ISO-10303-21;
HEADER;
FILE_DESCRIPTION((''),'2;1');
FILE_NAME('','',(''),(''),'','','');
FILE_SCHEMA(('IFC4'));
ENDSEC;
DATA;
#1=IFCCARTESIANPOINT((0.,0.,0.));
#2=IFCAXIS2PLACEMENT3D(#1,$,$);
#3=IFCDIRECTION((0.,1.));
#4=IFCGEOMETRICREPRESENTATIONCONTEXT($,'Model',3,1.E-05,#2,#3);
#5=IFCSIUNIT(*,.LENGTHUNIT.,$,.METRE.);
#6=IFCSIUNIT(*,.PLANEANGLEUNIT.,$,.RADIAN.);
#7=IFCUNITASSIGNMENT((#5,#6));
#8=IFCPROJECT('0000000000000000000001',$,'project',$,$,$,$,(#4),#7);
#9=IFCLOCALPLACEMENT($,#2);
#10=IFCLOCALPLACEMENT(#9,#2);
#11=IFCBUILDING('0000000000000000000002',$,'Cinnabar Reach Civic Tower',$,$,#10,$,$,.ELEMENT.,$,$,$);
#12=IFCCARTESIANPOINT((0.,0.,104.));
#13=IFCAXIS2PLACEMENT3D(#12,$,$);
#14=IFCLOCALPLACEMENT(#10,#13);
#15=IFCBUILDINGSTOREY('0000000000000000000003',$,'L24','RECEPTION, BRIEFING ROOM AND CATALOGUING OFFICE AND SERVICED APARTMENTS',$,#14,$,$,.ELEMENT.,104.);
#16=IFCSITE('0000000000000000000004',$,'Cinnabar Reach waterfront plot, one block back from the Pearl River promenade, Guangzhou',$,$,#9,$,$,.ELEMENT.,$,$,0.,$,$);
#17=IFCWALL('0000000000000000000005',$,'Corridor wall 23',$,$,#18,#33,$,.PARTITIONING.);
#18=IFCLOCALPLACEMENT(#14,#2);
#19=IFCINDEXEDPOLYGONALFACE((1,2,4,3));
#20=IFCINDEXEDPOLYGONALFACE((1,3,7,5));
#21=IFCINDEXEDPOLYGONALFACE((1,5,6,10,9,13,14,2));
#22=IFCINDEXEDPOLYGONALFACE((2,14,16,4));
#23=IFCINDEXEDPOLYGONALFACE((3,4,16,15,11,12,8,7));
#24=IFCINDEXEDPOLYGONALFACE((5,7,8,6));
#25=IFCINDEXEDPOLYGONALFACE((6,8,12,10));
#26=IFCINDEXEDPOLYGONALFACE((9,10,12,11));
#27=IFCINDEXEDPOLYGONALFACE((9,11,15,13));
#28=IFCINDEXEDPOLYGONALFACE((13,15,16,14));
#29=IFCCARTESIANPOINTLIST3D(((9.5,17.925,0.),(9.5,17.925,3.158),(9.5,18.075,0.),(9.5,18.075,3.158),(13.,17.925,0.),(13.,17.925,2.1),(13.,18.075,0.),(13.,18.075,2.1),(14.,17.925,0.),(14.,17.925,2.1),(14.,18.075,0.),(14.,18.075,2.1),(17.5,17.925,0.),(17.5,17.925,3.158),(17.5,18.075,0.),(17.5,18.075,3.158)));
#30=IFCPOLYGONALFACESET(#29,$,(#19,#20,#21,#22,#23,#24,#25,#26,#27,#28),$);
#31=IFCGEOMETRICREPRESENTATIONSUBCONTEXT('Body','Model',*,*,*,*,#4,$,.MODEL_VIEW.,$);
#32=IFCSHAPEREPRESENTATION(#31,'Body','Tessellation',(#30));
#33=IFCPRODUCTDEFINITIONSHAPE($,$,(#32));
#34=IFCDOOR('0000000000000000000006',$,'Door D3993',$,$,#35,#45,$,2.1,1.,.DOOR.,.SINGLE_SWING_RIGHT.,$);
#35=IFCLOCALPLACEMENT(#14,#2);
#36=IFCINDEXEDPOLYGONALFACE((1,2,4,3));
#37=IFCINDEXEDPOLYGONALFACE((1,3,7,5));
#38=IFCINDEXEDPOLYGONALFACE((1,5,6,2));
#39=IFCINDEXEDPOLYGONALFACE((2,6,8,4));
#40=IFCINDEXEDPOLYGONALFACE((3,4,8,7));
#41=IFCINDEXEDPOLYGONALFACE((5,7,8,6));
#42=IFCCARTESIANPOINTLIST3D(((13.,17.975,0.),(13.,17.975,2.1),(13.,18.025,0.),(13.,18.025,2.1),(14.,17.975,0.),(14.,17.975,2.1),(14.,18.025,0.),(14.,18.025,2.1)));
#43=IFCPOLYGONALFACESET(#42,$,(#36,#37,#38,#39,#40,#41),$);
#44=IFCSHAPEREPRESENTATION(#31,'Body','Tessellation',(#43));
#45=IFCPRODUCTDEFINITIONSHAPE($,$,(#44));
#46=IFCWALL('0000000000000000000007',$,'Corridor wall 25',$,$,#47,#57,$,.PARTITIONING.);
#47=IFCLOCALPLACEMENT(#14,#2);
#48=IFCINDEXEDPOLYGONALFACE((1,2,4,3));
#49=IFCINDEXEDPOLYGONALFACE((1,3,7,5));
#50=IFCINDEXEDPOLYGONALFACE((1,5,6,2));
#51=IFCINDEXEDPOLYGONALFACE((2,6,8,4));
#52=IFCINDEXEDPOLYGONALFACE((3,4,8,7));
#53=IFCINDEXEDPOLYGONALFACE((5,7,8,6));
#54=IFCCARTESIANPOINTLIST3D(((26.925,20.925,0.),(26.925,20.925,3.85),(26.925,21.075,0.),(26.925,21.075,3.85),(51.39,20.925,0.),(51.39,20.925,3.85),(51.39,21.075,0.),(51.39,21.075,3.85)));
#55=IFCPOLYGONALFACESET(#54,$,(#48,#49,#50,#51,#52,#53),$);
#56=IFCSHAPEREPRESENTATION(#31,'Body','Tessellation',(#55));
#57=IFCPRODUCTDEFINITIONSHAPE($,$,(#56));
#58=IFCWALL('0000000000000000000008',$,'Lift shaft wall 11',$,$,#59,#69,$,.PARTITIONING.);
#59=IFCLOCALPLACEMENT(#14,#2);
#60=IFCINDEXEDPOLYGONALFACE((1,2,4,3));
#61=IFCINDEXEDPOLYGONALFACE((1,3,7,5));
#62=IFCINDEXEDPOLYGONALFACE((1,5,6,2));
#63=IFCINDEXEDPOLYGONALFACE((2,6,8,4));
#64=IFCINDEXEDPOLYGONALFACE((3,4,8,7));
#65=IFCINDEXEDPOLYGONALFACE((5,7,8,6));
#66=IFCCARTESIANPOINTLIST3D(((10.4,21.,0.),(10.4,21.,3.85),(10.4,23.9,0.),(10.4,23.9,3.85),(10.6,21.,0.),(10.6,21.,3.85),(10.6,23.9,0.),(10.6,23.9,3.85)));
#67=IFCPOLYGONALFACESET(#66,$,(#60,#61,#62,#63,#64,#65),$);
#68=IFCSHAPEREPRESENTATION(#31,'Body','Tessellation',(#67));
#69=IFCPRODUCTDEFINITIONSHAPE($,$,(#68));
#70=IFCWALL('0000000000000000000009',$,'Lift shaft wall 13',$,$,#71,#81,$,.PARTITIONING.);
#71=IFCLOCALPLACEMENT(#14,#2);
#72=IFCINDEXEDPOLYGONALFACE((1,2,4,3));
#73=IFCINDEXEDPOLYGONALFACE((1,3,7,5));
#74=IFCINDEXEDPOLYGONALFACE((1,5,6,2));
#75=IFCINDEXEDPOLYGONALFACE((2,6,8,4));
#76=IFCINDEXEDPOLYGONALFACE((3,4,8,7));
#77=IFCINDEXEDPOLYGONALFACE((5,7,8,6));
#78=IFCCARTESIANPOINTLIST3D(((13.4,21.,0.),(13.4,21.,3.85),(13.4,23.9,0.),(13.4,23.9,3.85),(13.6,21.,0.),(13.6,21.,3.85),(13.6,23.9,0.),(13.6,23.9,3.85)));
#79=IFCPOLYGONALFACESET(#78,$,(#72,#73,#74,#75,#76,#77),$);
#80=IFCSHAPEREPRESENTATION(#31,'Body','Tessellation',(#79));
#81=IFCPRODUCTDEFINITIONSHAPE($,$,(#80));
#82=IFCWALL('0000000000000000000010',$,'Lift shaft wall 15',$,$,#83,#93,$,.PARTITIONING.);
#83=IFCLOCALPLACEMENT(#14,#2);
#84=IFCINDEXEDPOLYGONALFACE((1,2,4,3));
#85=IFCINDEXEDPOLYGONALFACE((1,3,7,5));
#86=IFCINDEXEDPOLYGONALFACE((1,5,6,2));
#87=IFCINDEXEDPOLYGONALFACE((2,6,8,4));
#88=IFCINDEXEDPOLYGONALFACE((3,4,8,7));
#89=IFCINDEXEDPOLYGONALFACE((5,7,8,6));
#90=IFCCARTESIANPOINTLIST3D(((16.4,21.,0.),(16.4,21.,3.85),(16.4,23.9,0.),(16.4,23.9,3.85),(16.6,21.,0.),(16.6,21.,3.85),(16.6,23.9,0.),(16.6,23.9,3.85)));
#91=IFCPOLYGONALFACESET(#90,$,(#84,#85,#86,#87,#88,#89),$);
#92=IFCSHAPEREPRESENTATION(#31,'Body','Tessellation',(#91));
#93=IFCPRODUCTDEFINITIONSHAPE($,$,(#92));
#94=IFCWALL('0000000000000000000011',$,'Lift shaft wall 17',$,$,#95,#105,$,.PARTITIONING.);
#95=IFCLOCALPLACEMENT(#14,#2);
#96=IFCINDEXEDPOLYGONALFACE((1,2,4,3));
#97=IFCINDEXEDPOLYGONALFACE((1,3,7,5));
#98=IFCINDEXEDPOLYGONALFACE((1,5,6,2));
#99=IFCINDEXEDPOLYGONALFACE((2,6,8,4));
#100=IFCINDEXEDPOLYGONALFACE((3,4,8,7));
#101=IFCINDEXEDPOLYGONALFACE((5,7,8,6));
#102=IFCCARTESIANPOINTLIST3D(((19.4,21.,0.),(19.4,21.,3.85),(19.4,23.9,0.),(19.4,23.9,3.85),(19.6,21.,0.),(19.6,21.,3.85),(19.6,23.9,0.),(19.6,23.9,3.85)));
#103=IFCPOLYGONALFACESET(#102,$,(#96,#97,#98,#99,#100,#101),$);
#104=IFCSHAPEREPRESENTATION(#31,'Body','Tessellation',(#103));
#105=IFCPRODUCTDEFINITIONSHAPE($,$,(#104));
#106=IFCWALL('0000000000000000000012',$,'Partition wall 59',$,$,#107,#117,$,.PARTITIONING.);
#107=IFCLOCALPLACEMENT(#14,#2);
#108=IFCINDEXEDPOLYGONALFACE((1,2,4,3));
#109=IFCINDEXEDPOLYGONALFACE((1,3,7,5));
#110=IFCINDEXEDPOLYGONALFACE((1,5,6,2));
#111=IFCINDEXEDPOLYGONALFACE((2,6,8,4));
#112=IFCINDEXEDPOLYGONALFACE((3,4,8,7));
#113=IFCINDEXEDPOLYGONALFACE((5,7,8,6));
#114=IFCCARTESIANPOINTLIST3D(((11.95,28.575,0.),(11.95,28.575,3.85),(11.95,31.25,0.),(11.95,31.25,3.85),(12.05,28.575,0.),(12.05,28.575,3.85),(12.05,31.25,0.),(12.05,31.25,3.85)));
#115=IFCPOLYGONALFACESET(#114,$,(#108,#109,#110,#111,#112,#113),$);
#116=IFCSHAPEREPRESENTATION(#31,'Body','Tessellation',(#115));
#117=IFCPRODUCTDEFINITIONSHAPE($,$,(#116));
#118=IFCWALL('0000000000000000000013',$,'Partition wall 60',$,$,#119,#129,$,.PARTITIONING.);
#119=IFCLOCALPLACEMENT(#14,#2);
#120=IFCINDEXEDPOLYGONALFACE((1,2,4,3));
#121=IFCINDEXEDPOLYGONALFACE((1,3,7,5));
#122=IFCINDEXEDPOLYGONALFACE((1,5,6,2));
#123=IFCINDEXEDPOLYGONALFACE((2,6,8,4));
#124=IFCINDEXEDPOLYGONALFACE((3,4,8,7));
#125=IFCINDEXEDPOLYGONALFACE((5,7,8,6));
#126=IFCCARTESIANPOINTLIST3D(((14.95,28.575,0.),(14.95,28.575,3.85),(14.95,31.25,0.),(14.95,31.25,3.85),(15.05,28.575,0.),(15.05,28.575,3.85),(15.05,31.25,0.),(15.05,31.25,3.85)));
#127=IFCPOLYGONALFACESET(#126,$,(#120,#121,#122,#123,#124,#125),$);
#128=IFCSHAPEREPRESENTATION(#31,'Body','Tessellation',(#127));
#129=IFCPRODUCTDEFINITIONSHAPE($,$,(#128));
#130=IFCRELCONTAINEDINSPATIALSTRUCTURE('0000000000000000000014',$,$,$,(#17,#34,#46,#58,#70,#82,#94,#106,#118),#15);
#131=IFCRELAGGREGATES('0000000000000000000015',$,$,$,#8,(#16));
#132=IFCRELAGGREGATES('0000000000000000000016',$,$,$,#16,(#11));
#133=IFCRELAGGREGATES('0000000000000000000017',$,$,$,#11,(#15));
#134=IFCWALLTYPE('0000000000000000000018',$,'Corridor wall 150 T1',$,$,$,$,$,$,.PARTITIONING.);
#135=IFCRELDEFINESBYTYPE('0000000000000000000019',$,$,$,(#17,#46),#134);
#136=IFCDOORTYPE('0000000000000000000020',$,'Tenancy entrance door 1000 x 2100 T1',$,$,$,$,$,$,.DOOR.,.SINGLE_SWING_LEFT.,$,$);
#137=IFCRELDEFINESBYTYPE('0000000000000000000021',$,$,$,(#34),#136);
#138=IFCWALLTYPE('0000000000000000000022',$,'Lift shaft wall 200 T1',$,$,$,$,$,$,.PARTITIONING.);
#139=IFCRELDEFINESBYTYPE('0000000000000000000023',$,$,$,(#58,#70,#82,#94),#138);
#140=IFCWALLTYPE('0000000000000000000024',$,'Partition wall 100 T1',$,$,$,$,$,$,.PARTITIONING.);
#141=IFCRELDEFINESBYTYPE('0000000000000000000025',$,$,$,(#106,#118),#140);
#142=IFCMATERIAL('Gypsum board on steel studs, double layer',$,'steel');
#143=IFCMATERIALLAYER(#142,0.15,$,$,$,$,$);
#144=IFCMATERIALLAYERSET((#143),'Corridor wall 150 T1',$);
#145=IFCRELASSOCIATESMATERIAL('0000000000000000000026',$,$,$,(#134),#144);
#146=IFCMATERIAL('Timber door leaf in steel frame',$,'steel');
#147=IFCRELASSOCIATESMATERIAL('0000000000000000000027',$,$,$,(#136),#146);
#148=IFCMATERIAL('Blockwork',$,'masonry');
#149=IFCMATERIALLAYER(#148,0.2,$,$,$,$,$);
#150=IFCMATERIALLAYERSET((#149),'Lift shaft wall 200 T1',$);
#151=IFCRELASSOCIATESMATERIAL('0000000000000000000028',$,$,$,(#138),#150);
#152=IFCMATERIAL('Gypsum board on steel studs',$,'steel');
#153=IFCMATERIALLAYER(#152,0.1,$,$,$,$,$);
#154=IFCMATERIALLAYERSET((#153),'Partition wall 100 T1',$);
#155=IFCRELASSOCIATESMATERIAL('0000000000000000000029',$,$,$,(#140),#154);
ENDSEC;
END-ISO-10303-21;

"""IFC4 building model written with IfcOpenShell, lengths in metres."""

from ifc_helpers import new_model, si_unit, direction, frame, frame_2d, origin, place, context, subcontext, project, spatial, rectangle, extrude, material, layer, layer_set, type_object, element, fill, save


model = new_model("IFC4")

# Units and contexts
model_context = context("Model", 3, precision=1e-05, world=origin(), true_north=direction((0.0, 1.0)))
body_context = subcontext(model_context, "Body", "Model", "MODEL_VIEW")
ifc_project = project(units=[si_unit("LENGTHUNIT", "METRE"), si_unit("PLANEANGLEUNIT", "RADIAN")], contexts=[model_context])

# Site, building, storey
site_placement = place(None, origin())
site = spatial("IfcSite", under=ifc_project, at=site_placement, Name="Cinnabar Reach waterfront plot, one block back from the Pearl River promenade, Guangzhou", CompositionType="ELEMENT", RefElevation=0.0)
building_placement = place(site_placement, origin())
building = spatial("IfcBuilding", under=site, at=building_placement, Name="Cinnabar Reach Civic Tower", CompositionType="ELEMENT")
storey_placement = place(building_placement, frame((0.0, 0.0, 104.0)))
storey = spatial("IfcBuildingStorey", under=building, at=storey_placement, Name="L24", Description="RECEPTION, BRIEFING ROOM AND CATALOGUING OFFICE AND SERVICED APARTMENTS", CompositionType="ELEMENT", Elevation=104.0)

# Wall, opening, door
ifc_material_1 = material(Name="Timber door leaf in steel frame", Category="steel")
ifc_material_2 = material(Name="Gypsum board on steel studs, double layer", Category="steel")
ifc_layer_1 = layer(ifc_material_2, 0.15)
ifc_layer_set_1 = layer_set([ifc_layer_1], Name="Corridor wall 150 T1")
wall_type_1 = type_object("IfcWallType", Name="Corridor wall 150 T1", PredefinedType="PARTITIONING", material=ifc_layer_set_1)
door_type_1 = type_object("IfcDoorType", Name="Tenancy entrance door 1000 x 2100 T1", OperationType="SINGLE_SWING_LEFT", PredefinedType="DOOR", material=ifc_material_1)
wall_1_placement = place(storey_placement, frame((9.5, 18.0, 0.0), z_axis=(0.0, 0.0, 1.0), x_axis=(1.0, 0.0, 0.0)))
wall_1 = element("IfcWall", 1, at=wall_1_placement, inside=storey, type_object=wall_type_1, Name="Corridor wall 23", PredefinedType="PARTITIONING", context=body_context, shape_type="SweptSolid", body=[
    extrude(rectangle(XDim=8.0, YDim=0.15, at=frame_2d((4.0, 0.0))), origin(), (0.0, 0.0, 1.0), 3.158),
])
opening_1_placement = place(wall_1_placement, frame((3.5, 0.0, 0.0)))
opening_1 = element("IfcOpeningElement", 2, at=opening_1_placement, cuts=wall_1, PredefinedType="OPENING", context=body_context, shape_type="SweptSolid", body=[
    extrude(rectangle(XDim=1.0, YDim=2.1, at=frame_2d((0.5, 1.05))), frame((0.0, 0.085, 0.0), z_axis=(0.0, -1.0, 0.0), x_axis=(1.0, 0.0, 0.0)), (0.0, 0.0, 1.0), 0.17),
])
door_1_placement = place(opening_1_placement, frame((1.0, 0.0, 0.0), z_axis=(0.0, 0.0, 1.0), x_axis=(-1.0, 0.0, 0.0)))
door_1 = element("IfcDoor", 3, at=door_1_placement, inside=storey, type_object=door_type_1, Name="Door D3993", OperationType="SINGLE_SWING_RIGHT", OverallHeight=2.1, OverallWidth=1.0, PredefinedType="DOOR", context=body_context, shape_type="SweptSolid", body=[
    extrude(rectangle(XDim=1.0, YDim=2.1, at=frame_2d((0.5, 1.05))), frame((0.0, 0.025, 0.0), z_axis=(0.0, -1.0, 0.0), x_axis=(1.0, 0.0, 0.0)), (0.0, 0.0, 1.0), 0.05),
])
fill(opening_1, door_1)

# Walls
wall_2_placement = place(storey_placement, frame((26.925, 21.0, 0.0), z_axis=(0.0, 0.0, 1.0), x_axis=(1.0, 0.0, 0.0)))
element("IfcWall", 4, at=wall_2_placement, inside=storey, type_object=wall_type_1, Name="Corridor wall 25", PredefinedType="PARTITIONING", context=body_context, shape_type="SweptSolid", body=[
    extrude(rectangle(XDim=24.465, YDim=0.15, at=frame_2d((12.2325, 0.0))), origin(), (0.0, 0.0, 1.0), 3.85),
])
ifc_material_3 = material(Name="Blockwork", Category="masonry")
ifc_layer_2 = layer(ifc_material_3, 0.2)
ifc_layer_set_2 = layer_set([ifc_layer_2], Name="Lift shaft wall 200 T1")
wall_type_2 = type_object("IfcWallType", Name="Lift shaft wall 200 T1", PredefinedType="PARTITIONING", material=ifc_layer_set_2)
for number, where, z_axis, x_axis, name in (
    (5, (10.5, 21.0, 0.0), (0.0, 0.0, 1.0), (0.0, 1.0, 0.0), "Lift shaft wall 11"),
    (6, (13.5, 21.0, 0.0), (0.0, 0.0, 1.0), (0.0, 1.0, 0.0), "Lift shaft wall 13"),
    (7, (16.5, 21.0, 0.0), (0.0, 0.0, 1.0), (0.0, 1.0, 0.0), "Lift shaft wall 15"),
    (8, (19.5, 21.0, 0.0), (0.0, 0.0, 1.0), (0.0, 1.0, 0.0), "Lift shaft wall 17"),
):
    element("IfcWall", number, at=place(storey_placement, frame(where, z_axis=z_axis, x_axis=x_axis)), inside=storey, type_object=wall_type_2, Name=name, PredefinedType="PARTITIONING", context=body_context, shape_type="SweptSolid", body=[
        extrude(rectangle(XDim=2.9, YDim=0.2, at=frame_2d((1.45, 0.0))), origin(), (0.0, 0.0, 1.0), 3.85),
    ])
ifc_material_4 = material(Name="Gypsum board on steel studs", Category="steel")
ifc_layer_3 = layer(ifc_material_4, 0.1)
ifc_layer_set_3 = layer_set([ifc_layer_3], Name="Partition wall 100 T1")
wall_type_3 = type_object("IfcWallType", Name="Partition wall 100 T1", PredefinedType="PARTITIONING", material=ifc_layer_set_3)
for number, where, z_axis, x_axis, name in (
    (9, (12.0, 28.575, 0.0), (0.0, 0.0, 1.0), (0.0, 1.0, 0.0), "Partition wall 59"),
    (10, (15.0, 28.575, 0.0), (0.0, 0.0, 1.0), (0.0, 1.0, 0.0), "Partition wall 60"),
):
    element("IfcWall", number, at=place(storey_placement, frame(where, z_axis=z_axis, x_axis=x_axis)), inside=storey, type_object=wall_type_3, Name=name, PredefinedType="PARTITIONING", context=body_context, shape_type="SweptSolid", body=[
        extrude(rectangle(XDim=2.675, YDim=0.1, at=frame_2d((1.3375, 0.0))), origin(), (0.0, 0.0, 1.0), 3.85),
    ])

save(model, "model.ifc")
